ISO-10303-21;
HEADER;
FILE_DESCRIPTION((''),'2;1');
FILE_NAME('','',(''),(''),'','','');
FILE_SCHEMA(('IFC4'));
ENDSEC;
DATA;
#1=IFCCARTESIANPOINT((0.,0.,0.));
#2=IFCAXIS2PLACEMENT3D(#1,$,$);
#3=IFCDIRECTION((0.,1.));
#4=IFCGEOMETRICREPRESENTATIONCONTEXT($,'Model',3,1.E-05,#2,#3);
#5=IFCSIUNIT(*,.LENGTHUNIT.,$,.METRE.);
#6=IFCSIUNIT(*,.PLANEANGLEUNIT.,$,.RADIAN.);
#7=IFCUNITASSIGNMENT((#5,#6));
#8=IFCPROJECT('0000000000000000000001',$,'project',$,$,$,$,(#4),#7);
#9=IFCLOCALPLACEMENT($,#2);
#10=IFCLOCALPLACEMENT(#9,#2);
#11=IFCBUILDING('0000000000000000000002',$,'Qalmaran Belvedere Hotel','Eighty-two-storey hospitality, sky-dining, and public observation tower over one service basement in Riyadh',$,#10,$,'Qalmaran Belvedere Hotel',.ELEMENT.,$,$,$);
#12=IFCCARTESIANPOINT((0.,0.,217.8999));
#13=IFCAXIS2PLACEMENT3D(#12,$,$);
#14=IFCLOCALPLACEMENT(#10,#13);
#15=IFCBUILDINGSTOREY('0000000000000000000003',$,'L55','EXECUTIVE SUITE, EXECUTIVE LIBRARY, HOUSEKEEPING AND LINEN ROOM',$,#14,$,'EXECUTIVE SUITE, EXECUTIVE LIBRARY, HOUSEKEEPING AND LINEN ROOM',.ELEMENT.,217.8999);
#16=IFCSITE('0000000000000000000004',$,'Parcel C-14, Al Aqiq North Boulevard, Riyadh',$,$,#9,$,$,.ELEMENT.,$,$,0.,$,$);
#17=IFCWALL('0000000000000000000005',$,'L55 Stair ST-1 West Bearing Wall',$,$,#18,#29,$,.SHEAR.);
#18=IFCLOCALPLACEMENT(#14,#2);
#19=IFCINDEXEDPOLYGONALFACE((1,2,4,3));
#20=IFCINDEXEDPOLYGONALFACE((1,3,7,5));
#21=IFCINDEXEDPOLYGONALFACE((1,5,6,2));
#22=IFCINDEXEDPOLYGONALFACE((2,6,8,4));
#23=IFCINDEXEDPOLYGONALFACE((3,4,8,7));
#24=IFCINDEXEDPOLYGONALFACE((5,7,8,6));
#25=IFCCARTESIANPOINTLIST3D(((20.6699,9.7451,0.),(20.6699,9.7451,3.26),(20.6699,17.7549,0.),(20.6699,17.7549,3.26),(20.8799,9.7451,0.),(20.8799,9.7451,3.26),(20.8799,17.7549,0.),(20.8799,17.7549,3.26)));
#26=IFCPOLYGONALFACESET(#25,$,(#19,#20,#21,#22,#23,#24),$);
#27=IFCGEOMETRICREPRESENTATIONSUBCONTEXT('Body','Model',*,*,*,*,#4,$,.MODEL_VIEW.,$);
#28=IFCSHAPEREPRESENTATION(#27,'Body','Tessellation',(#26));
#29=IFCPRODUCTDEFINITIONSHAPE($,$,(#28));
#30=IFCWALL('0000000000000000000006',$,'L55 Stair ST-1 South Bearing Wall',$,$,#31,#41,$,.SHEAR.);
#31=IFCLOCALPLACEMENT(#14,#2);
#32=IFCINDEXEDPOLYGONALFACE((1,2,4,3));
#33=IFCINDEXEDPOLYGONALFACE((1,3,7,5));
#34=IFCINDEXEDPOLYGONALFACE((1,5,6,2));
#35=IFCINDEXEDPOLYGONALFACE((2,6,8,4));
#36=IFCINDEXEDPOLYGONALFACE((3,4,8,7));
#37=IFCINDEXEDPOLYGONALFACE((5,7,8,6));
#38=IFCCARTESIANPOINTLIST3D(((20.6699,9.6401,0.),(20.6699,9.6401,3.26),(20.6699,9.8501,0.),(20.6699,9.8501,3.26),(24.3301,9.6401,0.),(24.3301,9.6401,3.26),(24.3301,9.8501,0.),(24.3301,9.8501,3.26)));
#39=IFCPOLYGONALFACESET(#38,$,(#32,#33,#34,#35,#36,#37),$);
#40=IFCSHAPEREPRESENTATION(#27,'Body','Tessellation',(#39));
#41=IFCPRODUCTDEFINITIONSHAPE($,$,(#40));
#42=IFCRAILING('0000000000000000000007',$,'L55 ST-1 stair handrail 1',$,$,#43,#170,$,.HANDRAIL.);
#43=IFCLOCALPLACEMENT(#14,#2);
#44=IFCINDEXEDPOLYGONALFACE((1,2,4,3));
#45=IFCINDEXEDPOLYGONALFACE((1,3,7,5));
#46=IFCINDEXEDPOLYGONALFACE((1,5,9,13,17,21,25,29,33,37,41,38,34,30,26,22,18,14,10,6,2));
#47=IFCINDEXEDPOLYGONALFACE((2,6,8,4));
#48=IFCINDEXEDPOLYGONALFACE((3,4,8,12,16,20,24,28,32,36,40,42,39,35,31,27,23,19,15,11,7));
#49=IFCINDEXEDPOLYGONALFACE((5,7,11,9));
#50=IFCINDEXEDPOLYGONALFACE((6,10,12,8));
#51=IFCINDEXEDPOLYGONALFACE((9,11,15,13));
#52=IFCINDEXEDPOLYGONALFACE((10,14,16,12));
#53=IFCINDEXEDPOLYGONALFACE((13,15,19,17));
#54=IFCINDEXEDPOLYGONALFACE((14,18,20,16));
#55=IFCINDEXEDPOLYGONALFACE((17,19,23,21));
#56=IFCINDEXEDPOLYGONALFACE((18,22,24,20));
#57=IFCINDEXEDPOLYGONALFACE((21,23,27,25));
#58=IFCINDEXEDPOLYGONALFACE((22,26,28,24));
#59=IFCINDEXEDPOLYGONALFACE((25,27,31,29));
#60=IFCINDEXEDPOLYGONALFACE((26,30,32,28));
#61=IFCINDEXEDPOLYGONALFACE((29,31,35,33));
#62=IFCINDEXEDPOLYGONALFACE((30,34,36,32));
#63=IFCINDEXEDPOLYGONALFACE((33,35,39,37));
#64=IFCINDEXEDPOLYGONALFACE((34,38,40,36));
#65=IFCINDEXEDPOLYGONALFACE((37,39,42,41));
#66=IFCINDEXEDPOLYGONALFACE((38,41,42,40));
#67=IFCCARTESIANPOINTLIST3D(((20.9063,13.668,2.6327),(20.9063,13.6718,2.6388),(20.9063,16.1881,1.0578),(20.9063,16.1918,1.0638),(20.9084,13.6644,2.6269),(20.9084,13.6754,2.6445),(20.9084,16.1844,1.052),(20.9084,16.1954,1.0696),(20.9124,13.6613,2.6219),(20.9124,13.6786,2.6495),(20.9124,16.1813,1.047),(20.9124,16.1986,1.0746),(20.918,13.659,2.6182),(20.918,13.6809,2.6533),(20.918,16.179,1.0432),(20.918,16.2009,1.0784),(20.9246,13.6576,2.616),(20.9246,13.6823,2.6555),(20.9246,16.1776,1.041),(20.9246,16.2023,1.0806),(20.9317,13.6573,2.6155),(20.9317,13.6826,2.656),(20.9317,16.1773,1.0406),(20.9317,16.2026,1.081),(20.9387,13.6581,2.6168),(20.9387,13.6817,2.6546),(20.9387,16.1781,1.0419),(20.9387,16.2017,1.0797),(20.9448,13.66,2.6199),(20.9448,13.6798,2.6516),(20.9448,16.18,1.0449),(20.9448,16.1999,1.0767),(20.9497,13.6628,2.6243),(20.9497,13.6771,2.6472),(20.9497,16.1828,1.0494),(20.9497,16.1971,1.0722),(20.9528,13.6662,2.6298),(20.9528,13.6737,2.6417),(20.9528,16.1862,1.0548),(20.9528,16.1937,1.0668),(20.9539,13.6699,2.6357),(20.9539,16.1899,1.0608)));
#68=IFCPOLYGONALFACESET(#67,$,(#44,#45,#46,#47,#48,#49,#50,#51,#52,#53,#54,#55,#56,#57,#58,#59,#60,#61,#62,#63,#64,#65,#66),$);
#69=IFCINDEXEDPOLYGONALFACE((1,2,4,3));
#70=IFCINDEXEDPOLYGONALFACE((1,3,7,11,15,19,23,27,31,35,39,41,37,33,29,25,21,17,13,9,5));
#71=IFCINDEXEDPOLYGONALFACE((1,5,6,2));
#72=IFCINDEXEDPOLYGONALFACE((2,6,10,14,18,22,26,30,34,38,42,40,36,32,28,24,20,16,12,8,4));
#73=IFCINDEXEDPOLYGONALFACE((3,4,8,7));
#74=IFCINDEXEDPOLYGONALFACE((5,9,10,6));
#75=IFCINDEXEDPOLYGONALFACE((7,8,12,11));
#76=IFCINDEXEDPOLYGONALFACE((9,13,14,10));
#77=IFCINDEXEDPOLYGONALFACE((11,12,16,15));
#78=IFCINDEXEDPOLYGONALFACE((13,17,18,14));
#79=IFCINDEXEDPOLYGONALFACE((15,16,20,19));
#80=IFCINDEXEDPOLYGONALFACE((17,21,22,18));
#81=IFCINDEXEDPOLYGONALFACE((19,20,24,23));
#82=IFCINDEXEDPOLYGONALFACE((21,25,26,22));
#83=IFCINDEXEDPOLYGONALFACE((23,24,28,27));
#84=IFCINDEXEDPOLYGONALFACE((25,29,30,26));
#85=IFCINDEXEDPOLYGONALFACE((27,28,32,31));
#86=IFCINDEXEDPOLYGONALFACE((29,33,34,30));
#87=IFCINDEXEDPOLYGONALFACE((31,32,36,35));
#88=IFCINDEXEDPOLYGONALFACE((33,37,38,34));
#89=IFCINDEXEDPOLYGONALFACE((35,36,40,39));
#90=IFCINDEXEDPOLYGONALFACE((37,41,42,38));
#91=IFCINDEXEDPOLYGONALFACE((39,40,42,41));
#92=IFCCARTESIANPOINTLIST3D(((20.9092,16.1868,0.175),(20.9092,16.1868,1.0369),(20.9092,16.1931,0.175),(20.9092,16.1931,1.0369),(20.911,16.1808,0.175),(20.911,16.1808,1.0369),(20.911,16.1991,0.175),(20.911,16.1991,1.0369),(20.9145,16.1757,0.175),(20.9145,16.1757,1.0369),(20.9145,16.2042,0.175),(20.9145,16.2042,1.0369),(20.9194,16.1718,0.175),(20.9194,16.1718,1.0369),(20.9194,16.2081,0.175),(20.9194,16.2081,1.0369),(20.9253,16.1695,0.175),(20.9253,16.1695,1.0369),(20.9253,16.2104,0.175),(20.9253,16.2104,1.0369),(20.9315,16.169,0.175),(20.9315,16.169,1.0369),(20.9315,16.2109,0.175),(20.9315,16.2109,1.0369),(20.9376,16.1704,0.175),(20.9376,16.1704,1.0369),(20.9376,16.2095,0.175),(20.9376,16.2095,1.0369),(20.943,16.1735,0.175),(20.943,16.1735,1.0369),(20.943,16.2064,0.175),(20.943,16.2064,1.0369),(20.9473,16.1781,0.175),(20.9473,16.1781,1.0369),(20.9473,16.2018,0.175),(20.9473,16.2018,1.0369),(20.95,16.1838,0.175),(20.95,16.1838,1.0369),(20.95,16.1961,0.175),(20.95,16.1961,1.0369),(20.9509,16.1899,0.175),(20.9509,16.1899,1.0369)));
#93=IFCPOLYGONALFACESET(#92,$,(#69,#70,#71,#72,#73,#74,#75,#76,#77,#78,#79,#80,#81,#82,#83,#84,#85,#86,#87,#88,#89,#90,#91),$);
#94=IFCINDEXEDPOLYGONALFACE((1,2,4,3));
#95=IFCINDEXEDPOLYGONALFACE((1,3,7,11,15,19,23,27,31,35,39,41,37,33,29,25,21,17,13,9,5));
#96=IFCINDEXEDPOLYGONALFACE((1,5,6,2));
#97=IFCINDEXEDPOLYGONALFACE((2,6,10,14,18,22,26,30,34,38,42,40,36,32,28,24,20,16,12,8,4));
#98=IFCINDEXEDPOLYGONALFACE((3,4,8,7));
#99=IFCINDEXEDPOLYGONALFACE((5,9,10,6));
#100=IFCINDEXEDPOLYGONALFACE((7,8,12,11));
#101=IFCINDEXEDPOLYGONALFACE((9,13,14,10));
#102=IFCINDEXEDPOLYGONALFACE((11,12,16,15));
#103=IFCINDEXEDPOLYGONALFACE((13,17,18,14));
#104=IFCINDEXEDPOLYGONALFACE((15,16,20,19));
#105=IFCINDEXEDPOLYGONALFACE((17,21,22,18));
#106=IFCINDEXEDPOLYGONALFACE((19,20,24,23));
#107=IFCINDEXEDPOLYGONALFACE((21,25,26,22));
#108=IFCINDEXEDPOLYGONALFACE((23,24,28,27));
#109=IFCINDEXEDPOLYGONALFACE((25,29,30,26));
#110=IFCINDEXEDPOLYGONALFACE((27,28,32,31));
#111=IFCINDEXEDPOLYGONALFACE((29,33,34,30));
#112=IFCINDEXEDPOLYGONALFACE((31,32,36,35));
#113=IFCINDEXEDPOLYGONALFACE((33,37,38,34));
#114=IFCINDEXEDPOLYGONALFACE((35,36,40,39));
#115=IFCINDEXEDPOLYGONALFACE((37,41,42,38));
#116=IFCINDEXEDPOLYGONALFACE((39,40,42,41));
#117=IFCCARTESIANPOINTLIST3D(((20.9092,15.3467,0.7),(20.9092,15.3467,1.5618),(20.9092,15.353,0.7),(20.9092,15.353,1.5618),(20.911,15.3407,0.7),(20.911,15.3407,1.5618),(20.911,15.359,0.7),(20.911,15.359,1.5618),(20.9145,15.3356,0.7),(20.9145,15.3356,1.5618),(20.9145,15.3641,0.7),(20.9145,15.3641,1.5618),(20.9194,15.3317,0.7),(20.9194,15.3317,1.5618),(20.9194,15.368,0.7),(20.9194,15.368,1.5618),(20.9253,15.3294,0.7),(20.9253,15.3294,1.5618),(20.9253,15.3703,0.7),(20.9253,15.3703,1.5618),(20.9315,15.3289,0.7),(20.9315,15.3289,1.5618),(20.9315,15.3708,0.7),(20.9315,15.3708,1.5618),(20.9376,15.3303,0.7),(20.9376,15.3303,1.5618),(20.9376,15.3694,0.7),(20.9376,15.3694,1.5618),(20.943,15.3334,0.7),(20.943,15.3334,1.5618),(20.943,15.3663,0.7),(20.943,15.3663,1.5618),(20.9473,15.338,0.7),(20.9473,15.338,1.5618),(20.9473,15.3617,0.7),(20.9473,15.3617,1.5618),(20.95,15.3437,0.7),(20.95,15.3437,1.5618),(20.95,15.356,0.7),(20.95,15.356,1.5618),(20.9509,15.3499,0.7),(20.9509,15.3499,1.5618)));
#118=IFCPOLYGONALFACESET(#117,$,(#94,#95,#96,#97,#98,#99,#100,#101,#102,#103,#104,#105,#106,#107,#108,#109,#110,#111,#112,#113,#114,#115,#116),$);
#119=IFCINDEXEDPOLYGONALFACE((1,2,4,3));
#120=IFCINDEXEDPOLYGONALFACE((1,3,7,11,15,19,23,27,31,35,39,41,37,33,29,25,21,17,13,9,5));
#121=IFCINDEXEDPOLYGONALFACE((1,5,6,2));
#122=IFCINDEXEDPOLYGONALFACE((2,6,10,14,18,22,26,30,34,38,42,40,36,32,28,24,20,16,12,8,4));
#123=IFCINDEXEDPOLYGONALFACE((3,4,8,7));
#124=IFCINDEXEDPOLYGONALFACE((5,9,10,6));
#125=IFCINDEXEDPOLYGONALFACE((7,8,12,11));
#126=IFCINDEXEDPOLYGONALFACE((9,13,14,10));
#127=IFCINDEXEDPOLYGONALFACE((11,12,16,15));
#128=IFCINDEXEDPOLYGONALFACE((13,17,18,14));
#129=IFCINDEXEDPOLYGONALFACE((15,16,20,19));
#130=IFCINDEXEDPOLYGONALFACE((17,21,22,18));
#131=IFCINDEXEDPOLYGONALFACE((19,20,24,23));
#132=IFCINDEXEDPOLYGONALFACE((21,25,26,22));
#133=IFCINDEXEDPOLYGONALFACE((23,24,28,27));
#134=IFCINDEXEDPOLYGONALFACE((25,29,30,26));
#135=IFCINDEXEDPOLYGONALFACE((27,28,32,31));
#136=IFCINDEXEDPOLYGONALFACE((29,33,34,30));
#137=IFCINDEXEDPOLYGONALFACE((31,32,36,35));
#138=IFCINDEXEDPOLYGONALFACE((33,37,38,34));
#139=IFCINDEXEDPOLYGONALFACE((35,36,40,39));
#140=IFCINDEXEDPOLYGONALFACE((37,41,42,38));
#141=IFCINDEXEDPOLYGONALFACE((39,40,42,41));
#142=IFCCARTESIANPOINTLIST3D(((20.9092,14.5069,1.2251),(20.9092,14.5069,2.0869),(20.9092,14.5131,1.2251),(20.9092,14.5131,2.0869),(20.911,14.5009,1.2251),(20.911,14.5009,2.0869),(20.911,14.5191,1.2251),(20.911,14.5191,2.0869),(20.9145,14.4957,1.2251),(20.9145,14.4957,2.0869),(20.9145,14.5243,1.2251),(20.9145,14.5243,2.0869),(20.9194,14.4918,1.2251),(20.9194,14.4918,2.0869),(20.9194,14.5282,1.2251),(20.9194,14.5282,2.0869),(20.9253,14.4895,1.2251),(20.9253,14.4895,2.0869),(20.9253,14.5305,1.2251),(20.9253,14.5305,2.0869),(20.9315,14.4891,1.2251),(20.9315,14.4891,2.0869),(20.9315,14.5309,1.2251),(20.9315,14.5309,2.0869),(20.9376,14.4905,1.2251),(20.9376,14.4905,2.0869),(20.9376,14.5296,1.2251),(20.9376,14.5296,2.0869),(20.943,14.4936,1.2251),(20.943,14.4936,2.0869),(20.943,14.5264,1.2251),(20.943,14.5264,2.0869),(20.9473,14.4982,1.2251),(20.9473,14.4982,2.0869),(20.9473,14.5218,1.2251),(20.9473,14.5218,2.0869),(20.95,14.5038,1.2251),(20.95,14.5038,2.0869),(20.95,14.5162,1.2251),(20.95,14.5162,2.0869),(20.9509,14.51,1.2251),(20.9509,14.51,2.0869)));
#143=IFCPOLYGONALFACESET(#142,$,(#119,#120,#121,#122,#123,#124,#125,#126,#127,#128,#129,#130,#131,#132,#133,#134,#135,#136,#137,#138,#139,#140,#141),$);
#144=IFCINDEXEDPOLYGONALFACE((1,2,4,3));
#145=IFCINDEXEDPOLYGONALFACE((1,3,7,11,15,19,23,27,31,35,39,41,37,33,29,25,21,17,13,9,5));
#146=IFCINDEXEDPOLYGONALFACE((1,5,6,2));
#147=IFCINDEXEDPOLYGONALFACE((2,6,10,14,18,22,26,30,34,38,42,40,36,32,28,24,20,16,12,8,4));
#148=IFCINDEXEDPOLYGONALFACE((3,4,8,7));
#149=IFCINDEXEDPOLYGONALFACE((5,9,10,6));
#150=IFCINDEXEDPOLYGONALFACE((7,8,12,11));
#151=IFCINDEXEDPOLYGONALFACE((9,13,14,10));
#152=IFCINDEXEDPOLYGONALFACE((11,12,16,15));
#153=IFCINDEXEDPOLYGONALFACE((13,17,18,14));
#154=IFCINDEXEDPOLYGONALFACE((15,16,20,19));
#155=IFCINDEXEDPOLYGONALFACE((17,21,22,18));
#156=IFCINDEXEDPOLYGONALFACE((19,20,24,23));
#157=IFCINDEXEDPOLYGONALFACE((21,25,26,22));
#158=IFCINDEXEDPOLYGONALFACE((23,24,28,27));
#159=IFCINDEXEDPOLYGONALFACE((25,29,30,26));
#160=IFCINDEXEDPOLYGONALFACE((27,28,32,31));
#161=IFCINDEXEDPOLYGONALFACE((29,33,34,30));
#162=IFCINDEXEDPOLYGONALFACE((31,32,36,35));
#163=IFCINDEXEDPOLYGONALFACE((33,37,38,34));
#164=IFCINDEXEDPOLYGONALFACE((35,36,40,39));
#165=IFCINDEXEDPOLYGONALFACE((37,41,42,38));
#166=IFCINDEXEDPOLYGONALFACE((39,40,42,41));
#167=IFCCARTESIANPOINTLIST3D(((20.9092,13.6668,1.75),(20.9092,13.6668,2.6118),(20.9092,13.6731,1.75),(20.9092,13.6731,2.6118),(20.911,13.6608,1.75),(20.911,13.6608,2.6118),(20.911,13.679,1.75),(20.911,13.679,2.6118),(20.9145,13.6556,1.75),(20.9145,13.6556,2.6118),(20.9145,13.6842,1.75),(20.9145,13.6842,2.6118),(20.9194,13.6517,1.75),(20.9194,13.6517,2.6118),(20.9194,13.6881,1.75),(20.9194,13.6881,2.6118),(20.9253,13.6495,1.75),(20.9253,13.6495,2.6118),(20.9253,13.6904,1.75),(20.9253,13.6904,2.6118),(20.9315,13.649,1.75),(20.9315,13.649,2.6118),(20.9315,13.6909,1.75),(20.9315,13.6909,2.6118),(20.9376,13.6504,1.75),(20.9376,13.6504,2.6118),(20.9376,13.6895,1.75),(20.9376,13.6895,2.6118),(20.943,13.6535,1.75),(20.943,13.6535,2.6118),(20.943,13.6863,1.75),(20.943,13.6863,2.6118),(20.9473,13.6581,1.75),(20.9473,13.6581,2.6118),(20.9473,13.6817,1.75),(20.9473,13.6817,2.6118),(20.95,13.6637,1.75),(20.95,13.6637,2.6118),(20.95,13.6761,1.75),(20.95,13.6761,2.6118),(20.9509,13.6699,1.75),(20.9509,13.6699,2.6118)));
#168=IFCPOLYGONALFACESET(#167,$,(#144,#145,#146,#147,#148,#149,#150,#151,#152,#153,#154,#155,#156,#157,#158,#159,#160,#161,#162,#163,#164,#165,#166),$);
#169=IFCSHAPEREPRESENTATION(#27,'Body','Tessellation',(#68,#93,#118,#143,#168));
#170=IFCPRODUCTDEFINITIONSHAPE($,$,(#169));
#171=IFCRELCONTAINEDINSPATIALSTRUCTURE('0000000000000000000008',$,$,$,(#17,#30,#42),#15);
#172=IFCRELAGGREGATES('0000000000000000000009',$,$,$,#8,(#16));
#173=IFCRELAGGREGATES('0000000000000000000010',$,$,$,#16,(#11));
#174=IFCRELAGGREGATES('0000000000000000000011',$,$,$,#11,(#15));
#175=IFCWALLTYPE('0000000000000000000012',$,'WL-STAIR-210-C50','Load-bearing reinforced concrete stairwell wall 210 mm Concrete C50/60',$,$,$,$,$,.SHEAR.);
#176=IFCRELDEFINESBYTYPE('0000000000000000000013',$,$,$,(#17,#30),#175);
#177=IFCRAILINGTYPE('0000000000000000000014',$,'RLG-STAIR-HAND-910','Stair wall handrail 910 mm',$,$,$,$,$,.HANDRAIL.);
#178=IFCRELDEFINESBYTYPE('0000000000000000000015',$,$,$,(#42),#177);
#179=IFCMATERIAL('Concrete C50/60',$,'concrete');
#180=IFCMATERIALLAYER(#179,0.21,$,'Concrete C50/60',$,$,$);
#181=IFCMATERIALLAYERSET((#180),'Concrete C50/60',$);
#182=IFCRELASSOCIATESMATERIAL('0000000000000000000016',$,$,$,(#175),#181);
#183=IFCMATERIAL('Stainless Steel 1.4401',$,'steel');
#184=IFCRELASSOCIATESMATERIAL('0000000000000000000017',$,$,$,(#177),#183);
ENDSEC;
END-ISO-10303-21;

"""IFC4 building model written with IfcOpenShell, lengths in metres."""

from ifc_helpers import new_model, si_unit, direction, frame, frame_2d, origin, origin_2d, place, context, subcontext, project, spatial, rectangle, circle, extrude, material, layer, layer_set, type_object, element, save


model = new_model("IFC4")

# Units and contexts
model_context = context("Model", 3, precision=1e-05, world=origin(), true_north=direction((0.0, 1.0)))
body_context = subcontext(model_context, "Body", "Model", "MODEL_VIEW")
ifc_project = project(units=[si_unit("LENGTHUNIT", "METRE"), si_unit("PLANEANGLEUNIT", "RADIAN")], contexts=[model_context])

# Site, building, storey
site_placement = place(None, origin())
site = spatial("IfcSite", under=ifc_project, at=site_placement, Name="Parcel C-14, Al Aqiq North Boulevard, Riyadh", CompositionType="ELEMENT", RefElevation=0.0)
building_placement = place(site_placement, origin())
building = spatial("IfcBuilding", under=site, at=building_placement, Name="Qalmaran Belvedere Hotel", Description="Eighty-two-storey hospitality, sky-dining, and public observation tower over one service basement in Riyadh", LongName="Qalmaran Belvedere Hotel", CompositionType="ELEMENT")
storey_placement = place(building_placement, frame((0.0, 0.0, 217.8999)))
storey = spatial("IfcBuildingStorey", under=building, at=storey_placement, Name="L55", Description="EXECUTIVE SUITE, EXECUTIVE LIBRARY, HOUSEKEEPING AND LINEN ROOM", LongName="EXECUTIVE SUITE, EXECUTIVE LIBRARY, HOUSEKEEPING AND LINEN ROOM", CompositionType="ELEMENT", Elevation=217.8999)

# Shared definitions
ifc_material_1 = material(Name="Concrete C50/60", Category="concrete")

# Walls
ifc_layer_1 = layer(ifc_material_1, 0.21, Name="Concrete C50/60")
ifc_layer_set_1 = layer_set([ifc_layer_1], Name="Concrete C50/60")
wall_type_1 = type_object("IfcWallType", Name="WL-STAIR-210-C50", Description="Load-bearing reinforced concrete stairwell wall 210 mm Concrete C50/60", PredefinedType="SHEAR", material=ifc_layer_set_1)
wall_1_placement = place(storey_placement, frame((20.7749, 9.7451, 0.0), z_axis=(0.0, 0.0, 1.0), x_axis=(0.0, 1.0, 0.0)))
element("IfcWall", 1, at=wall_1_placement, inside=storey, type_object=wall_type_1, Name="L55 Stair ST-1 West Bearing Wall", PredefinedType="SHEAR", context=body_context, shape_type="SweptSolid", body=[
    extrude(rectangle(XDim=8.0098, YDim=0.21, at=frame_2d((4.0049, 0.0))), origin(), (0.0, 0.0, 1.0), 3.26),
])
wall_2_placement = place(storey_placement, frame((20.6699, 9.7451, 0.0), z_axis=(0.0, 0.0, 1.0), x_axis=(1.0, 0.0, 0.0)))
element("IfcWall", 2, at=wall_2_placement, inside=storey, type_object=wall_type_1, Name="L55 Stair ST-1 South Bearing Wall", PredefinedType="SHEAR", context=body_context, shape_type="SweptSolid", body=[
    extrude(rectangle(XDim=3.6602, YDim=0.21, at=frame_2d((1.8301, 0.0))), origin(), (0.0, 0.0, 1.0), 3.26),
])

# Railing
ifc_material_2 = material(Name="Stainless Steel 1.4401", Category="steel")
railing_type = type_object("IfcRailingType", Name="RLG-STAIR-HAND-910", Description="Stair wall handrail 910 mm", PredefinedType="HANDRAIL", material=ifc_material_2)
railing_placement = place(storey_placement, frame((20.9299, 16.1899, 0.175)))
element("IfcRailing", 3, at=railing_placement, inside=storey, type_object=railing_type, Name="L55 ST-1 stair handrail 1", PredefinedType="HANDRAIL", context=body_context, shape_type="SweptSolid", body=[
    extrude(circle(Radius=0.0239, at=origin_2d()), frame((0.0, 0.0, 0.8857), z_axis=(0.0, -0.848008, 0.529984), x_axis=(1.0, 0.0, 0.0)), (0.0, 0.0, 1.0), 2.9717),
    extrude(circle(Radius=0.021, at=origin_2d()), origin(), (0.0, 0.0, 1.0), 0.8618),
    extrude(circle(Radius=0.021, at=origin_2d()), frame((0.0, -0.8401, 0.5249)), (0.0, 0.0, 1.0), 0.8618),
    extrude(circle(Radius=0.021, at=origin_2d()), frame((0.0, -1.6799, 1.05)), (0.0, 0.0, 1.0), 0.8618),
    extrude(circle(Radius=0.021, at=origin_2d()), frame((0.0, -2.52, 1.575)), (0.0, 0.0, 1.0), 0.8618),
])

save(model, "model.ifc")
